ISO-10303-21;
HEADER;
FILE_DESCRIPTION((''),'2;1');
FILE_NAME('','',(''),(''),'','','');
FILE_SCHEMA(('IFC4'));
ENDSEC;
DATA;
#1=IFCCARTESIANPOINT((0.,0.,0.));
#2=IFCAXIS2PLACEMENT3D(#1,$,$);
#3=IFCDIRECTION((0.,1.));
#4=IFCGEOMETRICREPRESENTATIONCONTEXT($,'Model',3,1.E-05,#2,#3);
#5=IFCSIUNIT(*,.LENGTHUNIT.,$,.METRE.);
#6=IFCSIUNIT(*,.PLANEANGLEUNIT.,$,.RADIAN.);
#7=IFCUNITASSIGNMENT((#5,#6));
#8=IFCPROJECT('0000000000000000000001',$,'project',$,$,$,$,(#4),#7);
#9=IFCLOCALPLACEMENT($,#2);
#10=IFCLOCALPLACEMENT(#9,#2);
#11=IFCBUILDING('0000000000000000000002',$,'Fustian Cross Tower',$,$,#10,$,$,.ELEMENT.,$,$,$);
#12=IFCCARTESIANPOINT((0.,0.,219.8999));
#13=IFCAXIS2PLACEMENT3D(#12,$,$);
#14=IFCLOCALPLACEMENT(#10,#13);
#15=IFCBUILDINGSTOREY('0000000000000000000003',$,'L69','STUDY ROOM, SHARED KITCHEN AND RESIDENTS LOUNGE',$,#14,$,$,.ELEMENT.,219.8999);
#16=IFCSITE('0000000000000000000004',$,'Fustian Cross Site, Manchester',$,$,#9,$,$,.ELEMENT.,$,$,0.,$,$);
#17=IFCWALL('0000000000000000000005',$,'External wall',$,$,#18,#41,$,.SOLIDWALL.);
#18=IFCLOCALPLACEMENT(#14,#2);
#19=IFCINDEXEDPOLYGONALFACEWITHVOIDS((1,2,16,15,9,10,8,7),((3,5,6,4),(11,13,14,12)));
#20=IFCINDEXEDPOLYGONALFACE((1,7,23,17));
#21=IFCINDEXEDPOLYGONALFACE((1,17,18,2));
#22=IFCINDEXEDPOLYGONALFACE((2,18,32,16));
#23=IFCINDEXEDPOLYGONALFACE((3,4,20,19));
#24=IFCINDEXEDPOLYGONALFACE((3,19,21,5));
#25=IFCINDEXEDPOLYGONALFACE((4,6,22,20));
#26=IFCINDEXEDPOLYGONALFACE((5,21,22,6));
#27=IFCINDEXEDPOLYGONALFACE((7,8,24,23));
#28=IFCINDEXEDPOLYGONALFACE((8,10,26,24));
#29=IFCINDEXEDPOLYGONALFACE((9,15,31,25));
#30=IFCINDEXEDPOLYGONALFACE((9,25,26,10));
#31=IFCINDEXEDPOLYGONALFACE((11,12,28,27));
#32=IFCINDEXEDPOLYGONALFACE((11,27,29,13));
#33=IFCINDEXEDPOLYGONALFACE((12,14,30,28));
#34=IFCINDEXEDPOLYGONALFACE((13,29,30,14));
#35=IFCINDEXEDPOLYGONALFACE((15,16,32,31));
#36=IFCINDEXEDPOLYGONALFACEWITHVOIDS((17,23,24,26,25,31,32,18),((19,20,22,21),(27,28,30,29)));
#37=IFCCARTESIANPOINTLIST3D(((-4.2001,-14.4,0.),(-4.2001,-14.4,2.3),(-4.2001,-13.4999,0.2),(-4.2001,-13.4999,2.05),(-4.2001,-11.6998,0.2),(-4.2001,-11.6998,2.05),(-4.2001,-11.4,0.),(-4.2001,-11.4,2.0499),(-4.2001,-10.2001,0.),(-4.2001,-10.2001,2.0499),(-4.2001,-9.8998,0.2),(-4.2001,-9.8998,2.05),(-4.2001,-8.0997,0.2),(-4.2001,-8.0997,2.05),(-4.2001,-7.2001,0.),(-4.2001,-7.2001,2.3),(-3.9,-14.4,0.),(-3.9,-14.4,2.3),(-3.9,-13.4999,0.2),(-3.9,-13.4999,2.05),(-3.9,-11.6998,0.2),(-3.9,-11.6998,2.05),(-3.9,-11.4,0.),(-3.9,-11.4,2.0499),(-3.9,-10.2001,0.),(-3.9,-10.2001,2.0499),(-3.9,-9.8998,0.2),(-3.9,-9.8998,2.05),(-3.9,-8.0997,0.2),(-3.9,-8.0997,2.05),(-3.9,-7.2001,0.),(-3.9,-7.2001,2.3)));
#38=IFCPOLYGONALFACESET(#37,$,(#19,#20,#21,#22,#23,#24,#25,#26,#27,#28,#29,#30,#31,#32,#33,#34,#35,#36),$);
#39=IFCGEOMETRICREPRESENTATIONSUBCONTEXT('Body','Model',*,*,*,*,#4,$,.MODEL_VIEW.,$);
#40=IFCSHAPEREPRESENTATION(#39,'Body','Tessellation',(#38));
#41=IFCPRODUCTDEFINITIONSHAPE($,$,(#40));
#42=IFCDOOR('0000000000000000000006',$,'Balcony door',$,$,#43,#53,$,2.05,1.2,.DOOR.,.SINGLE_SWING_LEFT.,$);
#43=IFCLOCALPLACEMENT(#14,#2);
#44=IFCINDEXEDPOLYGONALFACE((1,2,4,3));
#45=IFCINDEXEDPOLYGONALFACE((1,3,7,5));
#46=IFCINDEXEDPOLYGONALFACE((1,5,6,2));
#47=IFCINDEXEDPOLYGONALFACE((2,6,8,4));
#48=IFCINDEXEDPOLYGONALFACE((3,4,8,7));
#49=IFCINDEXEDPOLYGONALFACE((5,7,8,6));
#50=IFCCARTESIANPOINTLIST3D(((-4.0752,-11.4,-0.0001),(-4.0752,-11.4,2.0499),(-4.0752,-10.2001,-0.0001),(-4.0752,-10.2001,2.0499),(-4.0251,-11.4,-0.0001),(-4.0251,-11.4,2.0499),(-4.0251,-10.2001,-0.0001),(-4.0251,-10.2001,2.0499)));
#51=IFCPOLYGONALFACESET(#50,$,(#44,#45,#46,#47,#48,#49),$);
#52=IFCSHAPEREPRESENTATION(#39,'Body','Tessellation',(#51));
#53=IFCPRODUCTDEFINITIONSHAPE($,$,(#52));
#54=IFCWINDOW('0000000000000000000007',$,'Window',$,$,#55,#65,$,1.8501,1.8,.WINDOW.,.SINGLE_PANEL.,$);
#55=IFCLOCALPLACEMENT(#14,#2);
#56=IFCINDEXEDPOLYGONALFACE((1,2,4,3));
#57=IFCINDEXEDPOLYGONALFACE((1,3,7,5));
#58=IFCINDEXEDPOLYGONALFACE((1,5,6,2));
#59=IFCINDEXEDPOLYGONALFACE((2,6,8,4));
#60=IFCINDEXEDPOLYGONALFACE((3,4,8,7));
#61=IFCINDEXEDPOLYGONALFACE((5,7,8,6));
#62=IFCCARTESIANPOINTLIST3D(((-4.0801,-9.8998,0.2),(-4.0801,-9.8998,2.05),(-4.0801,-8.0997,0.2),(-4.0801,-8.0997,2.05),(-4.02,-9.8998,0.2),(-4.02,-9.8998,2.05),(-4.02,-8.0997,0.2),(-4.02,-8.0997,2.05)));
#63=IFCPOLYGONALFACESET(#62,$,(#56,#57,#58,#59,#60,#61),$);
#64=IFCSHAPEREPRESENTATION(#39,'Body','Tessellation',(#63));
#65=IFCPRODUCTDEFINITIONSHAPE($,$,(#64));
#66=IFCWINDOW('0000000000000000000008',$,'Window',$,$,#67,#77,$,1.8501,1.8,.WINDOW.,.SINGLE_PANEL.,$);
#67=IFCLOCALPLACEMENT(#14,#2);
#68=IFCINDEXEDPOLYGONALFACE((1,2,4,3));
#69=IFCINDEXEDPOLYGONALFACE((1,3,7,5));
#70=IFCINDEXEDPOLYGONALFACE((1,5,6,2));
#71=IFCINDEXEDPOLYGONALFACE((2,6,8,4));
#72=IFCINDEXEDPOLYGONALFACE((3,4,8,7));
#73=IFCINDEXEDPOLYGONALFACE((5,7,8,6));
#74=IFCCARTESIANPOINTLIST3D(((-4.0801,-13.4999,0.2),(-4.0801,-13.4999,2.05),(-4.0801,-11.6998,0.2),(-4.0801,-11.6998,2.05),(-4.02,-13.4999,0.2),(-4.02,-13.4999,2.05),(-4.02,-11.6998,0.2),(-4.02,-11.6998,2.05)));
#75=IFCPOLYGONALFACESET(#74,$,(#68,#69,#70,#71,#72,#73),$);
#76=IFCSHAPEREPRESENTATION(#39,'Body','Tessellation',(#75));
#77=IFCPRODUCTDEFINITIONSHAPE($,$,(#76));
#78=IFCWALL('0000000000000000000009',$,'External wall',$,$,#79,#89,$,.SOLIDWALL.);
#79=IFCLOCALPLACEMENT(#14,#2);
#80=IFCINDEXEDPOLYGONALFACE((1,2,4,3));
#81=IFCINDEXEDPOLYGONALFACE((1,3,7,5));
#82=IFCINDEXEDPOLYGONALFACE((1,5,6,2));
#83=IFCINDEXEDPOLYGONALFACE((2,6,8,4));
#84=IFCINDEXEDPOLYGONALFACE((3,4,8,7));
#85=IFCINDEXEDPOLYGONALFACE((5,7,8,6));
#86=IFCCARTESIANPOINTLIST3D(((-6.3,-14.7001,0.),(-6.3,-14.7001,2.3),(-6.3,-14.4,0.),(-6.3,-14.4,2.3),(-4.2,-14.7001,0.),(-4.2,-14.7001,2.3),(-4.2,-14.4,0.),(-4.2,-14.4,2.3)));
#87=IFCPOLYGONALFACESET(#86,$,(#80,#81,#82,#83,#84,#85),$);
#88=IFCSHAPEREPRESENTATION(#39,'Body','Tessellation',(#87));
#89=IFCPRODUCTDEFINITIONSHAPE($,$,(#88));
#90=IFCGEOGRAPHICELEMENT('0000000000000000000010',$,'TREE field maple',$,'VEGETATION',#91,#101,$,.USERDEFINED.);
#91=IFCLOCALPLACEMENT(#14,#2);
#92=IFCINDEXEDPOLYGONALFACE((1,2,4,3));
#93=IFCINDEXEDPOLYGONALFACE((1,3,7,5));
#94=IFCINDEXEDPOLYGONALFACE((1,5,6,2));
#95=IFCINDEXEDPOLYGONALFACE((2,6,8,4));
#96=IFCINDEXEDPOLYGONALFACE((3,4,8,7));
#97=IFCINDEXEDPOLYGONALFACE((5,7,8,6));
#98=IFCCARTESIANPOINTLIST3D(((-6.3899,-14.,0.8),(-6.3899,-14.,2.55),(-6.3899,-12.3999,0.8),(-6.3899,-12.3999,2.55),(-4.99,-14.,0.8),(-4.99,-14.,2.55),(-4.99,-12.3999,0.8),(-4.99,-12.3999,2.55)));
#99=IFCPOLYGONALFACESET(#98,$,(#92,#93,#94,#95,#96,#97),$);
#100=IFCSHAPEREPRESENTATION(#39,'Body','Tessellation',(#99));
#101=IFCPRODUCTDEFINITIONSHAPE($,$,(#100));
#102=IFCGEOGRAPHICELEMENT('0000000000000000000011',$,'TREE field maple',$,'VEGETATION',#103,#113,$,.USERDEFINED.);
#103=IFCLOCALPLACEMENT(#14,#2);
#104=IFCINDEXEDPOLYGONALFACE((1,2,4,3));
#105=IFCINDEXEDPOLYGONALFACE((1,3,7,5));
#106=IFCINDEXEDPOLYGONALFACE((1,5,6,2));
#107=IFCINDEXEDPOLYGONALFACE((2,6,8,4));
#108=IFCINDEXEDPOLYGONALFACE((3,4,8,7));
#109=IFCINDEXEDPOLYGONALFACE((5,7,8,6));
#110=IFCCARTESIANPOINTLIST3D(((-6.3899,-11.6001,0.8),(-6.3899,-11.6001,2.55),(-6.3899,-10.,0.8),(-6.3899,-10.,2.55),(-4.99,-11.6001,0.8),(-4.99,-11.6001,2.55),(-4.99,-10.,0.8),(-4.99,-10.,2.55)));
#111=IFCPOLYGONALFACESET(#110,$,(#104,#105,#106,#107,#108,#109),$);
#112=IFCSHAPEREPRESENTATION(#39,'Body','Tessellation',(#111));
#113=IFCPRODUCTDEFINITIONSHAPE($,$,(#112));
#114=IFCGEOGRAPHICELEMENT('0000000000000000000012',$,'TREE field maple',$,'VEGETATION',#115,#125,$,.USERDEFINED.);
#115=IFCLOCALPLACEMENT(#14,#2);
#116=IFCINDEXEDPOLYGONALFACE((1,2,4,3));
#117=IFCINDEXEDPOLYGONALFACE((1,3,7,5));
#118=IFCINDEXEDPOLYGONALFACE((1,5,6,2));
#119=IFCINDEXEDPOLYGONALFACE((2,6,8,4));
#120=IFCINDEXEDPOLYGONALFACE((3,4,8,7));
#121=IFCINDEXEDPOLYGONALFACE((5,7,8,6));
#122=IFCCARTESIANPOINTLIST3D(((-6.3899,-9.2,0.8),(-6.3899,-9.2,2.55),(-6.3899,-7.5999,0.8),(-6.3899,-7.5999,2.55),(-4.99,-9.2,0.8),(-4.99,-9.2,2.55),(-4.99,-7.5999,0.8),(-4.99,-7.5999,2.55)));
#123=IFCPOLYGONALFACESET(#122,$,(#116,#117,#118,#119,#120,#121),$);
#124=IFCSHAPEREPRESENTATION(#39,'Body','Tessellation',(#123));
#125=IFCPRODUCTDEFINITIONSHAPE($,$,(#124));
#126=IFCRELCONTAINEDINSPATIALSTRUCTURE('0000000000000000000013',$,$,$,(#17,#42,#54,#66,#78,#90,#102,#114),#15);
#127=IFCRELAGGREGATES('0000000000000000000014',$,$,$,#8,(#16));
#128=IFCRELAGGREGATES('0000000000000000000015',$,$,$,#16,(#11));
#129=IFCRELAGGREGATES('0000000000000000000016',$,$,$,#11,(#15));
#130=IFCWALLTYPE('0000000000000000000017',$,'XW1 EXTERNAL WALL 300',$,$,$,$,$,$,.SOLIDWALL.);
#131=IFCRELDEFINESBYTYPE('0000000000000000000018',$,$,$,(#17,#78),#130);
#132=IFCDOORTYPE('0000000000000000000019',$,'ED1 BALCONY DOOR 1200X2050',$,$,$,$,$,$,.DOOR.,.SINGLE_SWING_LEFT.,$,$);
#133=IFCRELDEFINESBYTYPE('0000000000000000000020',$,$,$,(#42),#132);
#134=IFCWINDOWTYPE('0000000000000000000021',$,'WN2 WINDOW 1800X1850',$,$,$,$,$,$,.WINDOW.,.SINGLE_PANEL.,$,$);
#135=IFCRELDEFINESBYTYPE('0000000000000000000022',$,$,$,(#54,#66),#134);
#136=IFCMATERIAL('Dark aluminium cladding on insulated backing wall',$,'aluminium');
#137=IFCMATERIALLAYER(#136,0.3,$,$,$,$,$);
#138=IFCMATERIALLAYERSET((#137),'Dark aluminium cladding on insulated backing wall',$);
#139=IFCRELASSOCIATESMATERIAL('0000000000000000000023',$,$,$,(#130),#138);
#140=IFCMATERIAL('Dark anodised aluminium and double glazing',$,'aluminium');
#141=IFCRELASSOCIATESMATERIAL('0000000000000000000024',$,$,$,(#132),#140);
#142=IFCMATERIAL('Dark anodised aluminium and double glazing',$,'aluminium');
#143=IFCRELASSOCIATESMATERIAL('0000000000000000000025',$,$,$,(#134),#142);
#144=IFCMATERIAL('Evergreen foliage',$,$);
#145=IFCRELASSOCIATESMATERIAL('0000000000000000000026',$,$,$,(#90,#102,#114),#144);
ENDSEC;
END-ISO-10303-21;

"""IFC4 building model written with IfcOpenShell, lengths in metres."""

from ifc_helpers import new_model, si_unit, direction, frame, frame_2d, origin, origin_2d, place, context, subcontext, project, spatial, rectangle, extrude, material, layer, layer_set, type_object, element, fill, save


model = new_model("IFC4")

# Units and contexts
model_context = context("Model", 3, precision=1e-05, world=origin(), true_north=direction((0.0, 1.0)))
body_context = subcontext(model_context, "Body", "Model", "MODEL_VIEW")
ifc_project = project(units=[si_unit("LENGTHUNIT", "METRE"), si_unit("PLANEANGLEUNIT", "RADIAN")], contexts=[model_context])

# Site, building, storey
site_placement = place(None, origin())
site = spatial("IfcSite", under=ifc_project, at=site_placement, Name="Fustian Cross Site, Manchester", CompositionType="ELEMENT", RefElevation=0.0)
building_placement = place(site_placement, origin())
building = spatial("IfcBuilding", under=site, at=building_placement, Name="Fustian Cross Tower", CompositionType="ELEMENT")
storey_placement = place(building_placement, frame((0.0, 0.0, 219.8999)))
storey = spatial("IfcBuildingStorey", under=building, at=storey_placement, Name="L69", Description="STUDY ROOM, SHARED KITCHEN AND RESIDENTS LOUNGE", CompositionType="ELEMENT", Elevation=219.8999)

# Wall, openings, door, windows
ifc_material_1 = material(Name="Dark aluminium cladding on insulated backing wall", Category="aluminium")
ifc_layer_1 = layer(ifc_material_1, 0.3)
ifc_layer_set_1 = layer_set([ifc_layer_1], Name="Dark aluminium cladding on insulated backing wall")
wall_type_1 = type_object("IfcWallType", Name="XW1 EXTERNAL WALL 300", PredefinedType="SOLIDWALL", material=ifc_layer_set_1)
wall_1_placement = place(storey_placement, frame((-4.05, -7.2, 0.0), z_axis=(0.0, 0.0, 1.0), x_axis=(0.0, -1.0, 0.0)))
wall_1 = element("IfcWall", 1, at=wall_1_placement, inside=storey, type_object=wall_type_1, Name="External wall", PredefinedType="SOLIDWALL", context=body_context, shape_type="SweptSolid", body=[
    extrude(rectangle(XDim=7.2, YDim=0.3, at=frame_2d((3.6001, 0.0))), origin(), (0.0, 0.0, 1.0), 2.3),
])
opening_1_placement = place(wall_1_placement, frame((3.0, 0.0, 0.0)))
opening_1 = element("IfcOpeningElement", 2, at=opening_1_placement, cuts=wall_1, PredefinedType="OPENING", context=body_context, shape_type="SweptSolid", body=[
    extrude(rectangle(XDim=1.2, YDim=2.05, at=frame_2d((0.6001, 1.0249))), frame((0.0, 0.1599, 0.0), z_axis=(0.0, -1.0, 0.0), x_axis=(1.0, 0.0, 0.0)), (0.0, 0.0, 1.0), 0.3201),
])
opening_2_placement = place(wall_1_placement, frame((0.8999, 0.0, 0.2)))
opening_2 = element("IfcOpeningElement", 3, at=opening_2_placement, cuts=wall_1, PredefinedType="OPENING", context=body_context, shape_type="SweptSolid", body=[
    extrude(rectangle(XDim=1.8, YDim=1.8501, at=frame_2d((0.8999, 0.925))), frame((0.0, 0.1599, 0.0), z_axis=(0.0, -1.0, 0.0), x_axis=(1.0, 0.0, 0.0)), (0.0, 0.0, 1.0), 0.3201),
])
opening_3_placement = place(wall_1_placement, frame((4.5, 0.0, 0.2)))
opening_3 = element("IfcOpeningElement", 4, at=opening_3_placement, cuts=wall_1, PredefinedType="OPENING", context=body_context, shape_type="SweptSolid", body=[
    extrude(rectangle(XDim=1.8, YDim=1.8501, at=frame_2d((0.8999, 0.925))), frame((0.0, 0.1599, 0.0), z_axis=(0.0, -1.0, 0.0), x_axis=(1.0, 0.0, 0.0)), (0.0, 0.0, 1.0), 0.3201),
])
ifc_material_2 = material(Name="Dark anodised aluminium and double glazing", Category="aluminium")
door_type = type_object("IfcDoorType", Name="ED1 BALCONY DOOR 1200X2050", OperationType="SINGLE_SWING_LEFT", PredefinedType="DOOR", material=ifc_material_2)
door_placement = place(opening_1_placement, origin())
door = element("IfcDoor", 5, at=door_placement, inside=storey, type_object=door_type, Name="Balcony door", OperationType="SINGLE_SWING_LEFT", OverallHeight=2.05, OverallWidth=1.2, PredefinedType="DOOR", context=body_context, shape_type="SweptSolid", body=[
    extrude(rectangle(XDim=1.2, YDim=2.05, at=frame_2d((0.6001, 1.0249))), frame((0.0, 0.0249, 0.0), z_axis=(0.0, -1.0, 0.0), x_axis=(1.0, 0.0, 0.0)), (0.0, 0.0, 1.0), 0.05),
])
fill(opening_1, door)
ifc_material_3 = material(Name="Dark anodised aluminium and double glazing", Category="aluminium")
window_type = type_object("IfcWindowType", Name="WN2 WINDOW 1800X1850", PartitioningType="SINGLE_PANEL", PredefinedType="WINDOW", material=ifc_material_3)
window_1_placement = place(opening_2_placement, origin())
window_1 = element("IfcWindow", 6, at=window_1_placement, inside=storey, type_object=window_type, Name="Window", OverallHeight=1.8501, OverallWidth=1.8, PartitioningType="SINGLE_PANEL", PredefinedType="WINDOW", context=body_context, shape_type="SweptSolid", body=[
    extrude(rectangle(XDim=1.8, YDim=1.8501, at=frame_2d((0.8999, 0.925))), frame((0.0, 0.03, 0.0), z_axis=(0.0, -1.0, 0.0), x_axis=(1.0, 0.0, 0.0)), (0.0, 0.0, 1.0), 0.0601),
])
fill(opening_2, window_1)
window_2_placement = place(opening_3_placement, origin())
window_2 = element("IfcWindow", 7, at=window_2_placement, inside=storey, type_object=window_type, Name="Window", OverallHeight=1.8501, OverallWidth=1.8, PartitioningType="SINGLE_PANEL", PredefinedType="WINDOW", context=body_context, shape_type="SweptSolid", body=[
    extrude(rectangle(XDim=1.8, YDim=1.8501, at=frame_2d((0.8999, 0.925))), frame((0.0, 0.03, 0.0), z_axis=(0.0, -1.0, 0.0), x_axis=(1.0, 0.0, 0.0)), (0.0, 0.0, 1.0), 0.0601),
])
fill(opening_3, window_2)

# Wall
wall_2_placement = place(storey_placement, frame((-4.2, -14.55, 0.0), z_axis=(0.0, 0.0, 1.0), x_axis=(-1.0, 0.0, 0.0)))
element("IfcWall", 8, at=wall_2_placement, inside=storey, type_object=wall_type_1, Name="External wall", PredefinedType="SOLIDWALL", context=body_context, shape_type="SweptSolid", body=[
    extrude(rectangle(XDim=2.1001, YDim=0.3, at=frame_2d((1.05, 0.0))), origin(), (0.0, 0.0, 1.0), 2.3),
])

# Geographic elements
ifc_material_4 = material(Name="Evergreen foliage")
for number, where, z_axis, x_axis, name in (
    (9, (-5.6899, -13.2, 0.8), (0.0, 0.0, 1.0), (1.0, 0.0, 0.0), "TREE field maple"),
    (10, (-5.6899, -10.8, 0.8), (0.0, 0.0, 1.0), (1.0, 0.0, 0.0), "TREE field maple"),
    (11, (-5.6899, -8.3999, 0.8), (0.0, 0.0, 1.0), (1.0, 0.0, 0.0), "TREE field maple"),
):
    element("IfcGeographicElement", number, at=place(storey_placement, frame(where, z_axis=z_axis, x_axis=x_axis)), inside=storey, material=ifc_material_4, Name=name, ObjectType="VEGETATION", PredefinedType="USERDEFINED", context=body_context, shape_type="SweptSolid", body=[
        extrude(rectangle(XDim=1.3999, YDim=1.6001, at=origin_2d()), origin(), (0.0, 0.0, 1.0), 1.75),
    ])

save(model, "model.ifc")
